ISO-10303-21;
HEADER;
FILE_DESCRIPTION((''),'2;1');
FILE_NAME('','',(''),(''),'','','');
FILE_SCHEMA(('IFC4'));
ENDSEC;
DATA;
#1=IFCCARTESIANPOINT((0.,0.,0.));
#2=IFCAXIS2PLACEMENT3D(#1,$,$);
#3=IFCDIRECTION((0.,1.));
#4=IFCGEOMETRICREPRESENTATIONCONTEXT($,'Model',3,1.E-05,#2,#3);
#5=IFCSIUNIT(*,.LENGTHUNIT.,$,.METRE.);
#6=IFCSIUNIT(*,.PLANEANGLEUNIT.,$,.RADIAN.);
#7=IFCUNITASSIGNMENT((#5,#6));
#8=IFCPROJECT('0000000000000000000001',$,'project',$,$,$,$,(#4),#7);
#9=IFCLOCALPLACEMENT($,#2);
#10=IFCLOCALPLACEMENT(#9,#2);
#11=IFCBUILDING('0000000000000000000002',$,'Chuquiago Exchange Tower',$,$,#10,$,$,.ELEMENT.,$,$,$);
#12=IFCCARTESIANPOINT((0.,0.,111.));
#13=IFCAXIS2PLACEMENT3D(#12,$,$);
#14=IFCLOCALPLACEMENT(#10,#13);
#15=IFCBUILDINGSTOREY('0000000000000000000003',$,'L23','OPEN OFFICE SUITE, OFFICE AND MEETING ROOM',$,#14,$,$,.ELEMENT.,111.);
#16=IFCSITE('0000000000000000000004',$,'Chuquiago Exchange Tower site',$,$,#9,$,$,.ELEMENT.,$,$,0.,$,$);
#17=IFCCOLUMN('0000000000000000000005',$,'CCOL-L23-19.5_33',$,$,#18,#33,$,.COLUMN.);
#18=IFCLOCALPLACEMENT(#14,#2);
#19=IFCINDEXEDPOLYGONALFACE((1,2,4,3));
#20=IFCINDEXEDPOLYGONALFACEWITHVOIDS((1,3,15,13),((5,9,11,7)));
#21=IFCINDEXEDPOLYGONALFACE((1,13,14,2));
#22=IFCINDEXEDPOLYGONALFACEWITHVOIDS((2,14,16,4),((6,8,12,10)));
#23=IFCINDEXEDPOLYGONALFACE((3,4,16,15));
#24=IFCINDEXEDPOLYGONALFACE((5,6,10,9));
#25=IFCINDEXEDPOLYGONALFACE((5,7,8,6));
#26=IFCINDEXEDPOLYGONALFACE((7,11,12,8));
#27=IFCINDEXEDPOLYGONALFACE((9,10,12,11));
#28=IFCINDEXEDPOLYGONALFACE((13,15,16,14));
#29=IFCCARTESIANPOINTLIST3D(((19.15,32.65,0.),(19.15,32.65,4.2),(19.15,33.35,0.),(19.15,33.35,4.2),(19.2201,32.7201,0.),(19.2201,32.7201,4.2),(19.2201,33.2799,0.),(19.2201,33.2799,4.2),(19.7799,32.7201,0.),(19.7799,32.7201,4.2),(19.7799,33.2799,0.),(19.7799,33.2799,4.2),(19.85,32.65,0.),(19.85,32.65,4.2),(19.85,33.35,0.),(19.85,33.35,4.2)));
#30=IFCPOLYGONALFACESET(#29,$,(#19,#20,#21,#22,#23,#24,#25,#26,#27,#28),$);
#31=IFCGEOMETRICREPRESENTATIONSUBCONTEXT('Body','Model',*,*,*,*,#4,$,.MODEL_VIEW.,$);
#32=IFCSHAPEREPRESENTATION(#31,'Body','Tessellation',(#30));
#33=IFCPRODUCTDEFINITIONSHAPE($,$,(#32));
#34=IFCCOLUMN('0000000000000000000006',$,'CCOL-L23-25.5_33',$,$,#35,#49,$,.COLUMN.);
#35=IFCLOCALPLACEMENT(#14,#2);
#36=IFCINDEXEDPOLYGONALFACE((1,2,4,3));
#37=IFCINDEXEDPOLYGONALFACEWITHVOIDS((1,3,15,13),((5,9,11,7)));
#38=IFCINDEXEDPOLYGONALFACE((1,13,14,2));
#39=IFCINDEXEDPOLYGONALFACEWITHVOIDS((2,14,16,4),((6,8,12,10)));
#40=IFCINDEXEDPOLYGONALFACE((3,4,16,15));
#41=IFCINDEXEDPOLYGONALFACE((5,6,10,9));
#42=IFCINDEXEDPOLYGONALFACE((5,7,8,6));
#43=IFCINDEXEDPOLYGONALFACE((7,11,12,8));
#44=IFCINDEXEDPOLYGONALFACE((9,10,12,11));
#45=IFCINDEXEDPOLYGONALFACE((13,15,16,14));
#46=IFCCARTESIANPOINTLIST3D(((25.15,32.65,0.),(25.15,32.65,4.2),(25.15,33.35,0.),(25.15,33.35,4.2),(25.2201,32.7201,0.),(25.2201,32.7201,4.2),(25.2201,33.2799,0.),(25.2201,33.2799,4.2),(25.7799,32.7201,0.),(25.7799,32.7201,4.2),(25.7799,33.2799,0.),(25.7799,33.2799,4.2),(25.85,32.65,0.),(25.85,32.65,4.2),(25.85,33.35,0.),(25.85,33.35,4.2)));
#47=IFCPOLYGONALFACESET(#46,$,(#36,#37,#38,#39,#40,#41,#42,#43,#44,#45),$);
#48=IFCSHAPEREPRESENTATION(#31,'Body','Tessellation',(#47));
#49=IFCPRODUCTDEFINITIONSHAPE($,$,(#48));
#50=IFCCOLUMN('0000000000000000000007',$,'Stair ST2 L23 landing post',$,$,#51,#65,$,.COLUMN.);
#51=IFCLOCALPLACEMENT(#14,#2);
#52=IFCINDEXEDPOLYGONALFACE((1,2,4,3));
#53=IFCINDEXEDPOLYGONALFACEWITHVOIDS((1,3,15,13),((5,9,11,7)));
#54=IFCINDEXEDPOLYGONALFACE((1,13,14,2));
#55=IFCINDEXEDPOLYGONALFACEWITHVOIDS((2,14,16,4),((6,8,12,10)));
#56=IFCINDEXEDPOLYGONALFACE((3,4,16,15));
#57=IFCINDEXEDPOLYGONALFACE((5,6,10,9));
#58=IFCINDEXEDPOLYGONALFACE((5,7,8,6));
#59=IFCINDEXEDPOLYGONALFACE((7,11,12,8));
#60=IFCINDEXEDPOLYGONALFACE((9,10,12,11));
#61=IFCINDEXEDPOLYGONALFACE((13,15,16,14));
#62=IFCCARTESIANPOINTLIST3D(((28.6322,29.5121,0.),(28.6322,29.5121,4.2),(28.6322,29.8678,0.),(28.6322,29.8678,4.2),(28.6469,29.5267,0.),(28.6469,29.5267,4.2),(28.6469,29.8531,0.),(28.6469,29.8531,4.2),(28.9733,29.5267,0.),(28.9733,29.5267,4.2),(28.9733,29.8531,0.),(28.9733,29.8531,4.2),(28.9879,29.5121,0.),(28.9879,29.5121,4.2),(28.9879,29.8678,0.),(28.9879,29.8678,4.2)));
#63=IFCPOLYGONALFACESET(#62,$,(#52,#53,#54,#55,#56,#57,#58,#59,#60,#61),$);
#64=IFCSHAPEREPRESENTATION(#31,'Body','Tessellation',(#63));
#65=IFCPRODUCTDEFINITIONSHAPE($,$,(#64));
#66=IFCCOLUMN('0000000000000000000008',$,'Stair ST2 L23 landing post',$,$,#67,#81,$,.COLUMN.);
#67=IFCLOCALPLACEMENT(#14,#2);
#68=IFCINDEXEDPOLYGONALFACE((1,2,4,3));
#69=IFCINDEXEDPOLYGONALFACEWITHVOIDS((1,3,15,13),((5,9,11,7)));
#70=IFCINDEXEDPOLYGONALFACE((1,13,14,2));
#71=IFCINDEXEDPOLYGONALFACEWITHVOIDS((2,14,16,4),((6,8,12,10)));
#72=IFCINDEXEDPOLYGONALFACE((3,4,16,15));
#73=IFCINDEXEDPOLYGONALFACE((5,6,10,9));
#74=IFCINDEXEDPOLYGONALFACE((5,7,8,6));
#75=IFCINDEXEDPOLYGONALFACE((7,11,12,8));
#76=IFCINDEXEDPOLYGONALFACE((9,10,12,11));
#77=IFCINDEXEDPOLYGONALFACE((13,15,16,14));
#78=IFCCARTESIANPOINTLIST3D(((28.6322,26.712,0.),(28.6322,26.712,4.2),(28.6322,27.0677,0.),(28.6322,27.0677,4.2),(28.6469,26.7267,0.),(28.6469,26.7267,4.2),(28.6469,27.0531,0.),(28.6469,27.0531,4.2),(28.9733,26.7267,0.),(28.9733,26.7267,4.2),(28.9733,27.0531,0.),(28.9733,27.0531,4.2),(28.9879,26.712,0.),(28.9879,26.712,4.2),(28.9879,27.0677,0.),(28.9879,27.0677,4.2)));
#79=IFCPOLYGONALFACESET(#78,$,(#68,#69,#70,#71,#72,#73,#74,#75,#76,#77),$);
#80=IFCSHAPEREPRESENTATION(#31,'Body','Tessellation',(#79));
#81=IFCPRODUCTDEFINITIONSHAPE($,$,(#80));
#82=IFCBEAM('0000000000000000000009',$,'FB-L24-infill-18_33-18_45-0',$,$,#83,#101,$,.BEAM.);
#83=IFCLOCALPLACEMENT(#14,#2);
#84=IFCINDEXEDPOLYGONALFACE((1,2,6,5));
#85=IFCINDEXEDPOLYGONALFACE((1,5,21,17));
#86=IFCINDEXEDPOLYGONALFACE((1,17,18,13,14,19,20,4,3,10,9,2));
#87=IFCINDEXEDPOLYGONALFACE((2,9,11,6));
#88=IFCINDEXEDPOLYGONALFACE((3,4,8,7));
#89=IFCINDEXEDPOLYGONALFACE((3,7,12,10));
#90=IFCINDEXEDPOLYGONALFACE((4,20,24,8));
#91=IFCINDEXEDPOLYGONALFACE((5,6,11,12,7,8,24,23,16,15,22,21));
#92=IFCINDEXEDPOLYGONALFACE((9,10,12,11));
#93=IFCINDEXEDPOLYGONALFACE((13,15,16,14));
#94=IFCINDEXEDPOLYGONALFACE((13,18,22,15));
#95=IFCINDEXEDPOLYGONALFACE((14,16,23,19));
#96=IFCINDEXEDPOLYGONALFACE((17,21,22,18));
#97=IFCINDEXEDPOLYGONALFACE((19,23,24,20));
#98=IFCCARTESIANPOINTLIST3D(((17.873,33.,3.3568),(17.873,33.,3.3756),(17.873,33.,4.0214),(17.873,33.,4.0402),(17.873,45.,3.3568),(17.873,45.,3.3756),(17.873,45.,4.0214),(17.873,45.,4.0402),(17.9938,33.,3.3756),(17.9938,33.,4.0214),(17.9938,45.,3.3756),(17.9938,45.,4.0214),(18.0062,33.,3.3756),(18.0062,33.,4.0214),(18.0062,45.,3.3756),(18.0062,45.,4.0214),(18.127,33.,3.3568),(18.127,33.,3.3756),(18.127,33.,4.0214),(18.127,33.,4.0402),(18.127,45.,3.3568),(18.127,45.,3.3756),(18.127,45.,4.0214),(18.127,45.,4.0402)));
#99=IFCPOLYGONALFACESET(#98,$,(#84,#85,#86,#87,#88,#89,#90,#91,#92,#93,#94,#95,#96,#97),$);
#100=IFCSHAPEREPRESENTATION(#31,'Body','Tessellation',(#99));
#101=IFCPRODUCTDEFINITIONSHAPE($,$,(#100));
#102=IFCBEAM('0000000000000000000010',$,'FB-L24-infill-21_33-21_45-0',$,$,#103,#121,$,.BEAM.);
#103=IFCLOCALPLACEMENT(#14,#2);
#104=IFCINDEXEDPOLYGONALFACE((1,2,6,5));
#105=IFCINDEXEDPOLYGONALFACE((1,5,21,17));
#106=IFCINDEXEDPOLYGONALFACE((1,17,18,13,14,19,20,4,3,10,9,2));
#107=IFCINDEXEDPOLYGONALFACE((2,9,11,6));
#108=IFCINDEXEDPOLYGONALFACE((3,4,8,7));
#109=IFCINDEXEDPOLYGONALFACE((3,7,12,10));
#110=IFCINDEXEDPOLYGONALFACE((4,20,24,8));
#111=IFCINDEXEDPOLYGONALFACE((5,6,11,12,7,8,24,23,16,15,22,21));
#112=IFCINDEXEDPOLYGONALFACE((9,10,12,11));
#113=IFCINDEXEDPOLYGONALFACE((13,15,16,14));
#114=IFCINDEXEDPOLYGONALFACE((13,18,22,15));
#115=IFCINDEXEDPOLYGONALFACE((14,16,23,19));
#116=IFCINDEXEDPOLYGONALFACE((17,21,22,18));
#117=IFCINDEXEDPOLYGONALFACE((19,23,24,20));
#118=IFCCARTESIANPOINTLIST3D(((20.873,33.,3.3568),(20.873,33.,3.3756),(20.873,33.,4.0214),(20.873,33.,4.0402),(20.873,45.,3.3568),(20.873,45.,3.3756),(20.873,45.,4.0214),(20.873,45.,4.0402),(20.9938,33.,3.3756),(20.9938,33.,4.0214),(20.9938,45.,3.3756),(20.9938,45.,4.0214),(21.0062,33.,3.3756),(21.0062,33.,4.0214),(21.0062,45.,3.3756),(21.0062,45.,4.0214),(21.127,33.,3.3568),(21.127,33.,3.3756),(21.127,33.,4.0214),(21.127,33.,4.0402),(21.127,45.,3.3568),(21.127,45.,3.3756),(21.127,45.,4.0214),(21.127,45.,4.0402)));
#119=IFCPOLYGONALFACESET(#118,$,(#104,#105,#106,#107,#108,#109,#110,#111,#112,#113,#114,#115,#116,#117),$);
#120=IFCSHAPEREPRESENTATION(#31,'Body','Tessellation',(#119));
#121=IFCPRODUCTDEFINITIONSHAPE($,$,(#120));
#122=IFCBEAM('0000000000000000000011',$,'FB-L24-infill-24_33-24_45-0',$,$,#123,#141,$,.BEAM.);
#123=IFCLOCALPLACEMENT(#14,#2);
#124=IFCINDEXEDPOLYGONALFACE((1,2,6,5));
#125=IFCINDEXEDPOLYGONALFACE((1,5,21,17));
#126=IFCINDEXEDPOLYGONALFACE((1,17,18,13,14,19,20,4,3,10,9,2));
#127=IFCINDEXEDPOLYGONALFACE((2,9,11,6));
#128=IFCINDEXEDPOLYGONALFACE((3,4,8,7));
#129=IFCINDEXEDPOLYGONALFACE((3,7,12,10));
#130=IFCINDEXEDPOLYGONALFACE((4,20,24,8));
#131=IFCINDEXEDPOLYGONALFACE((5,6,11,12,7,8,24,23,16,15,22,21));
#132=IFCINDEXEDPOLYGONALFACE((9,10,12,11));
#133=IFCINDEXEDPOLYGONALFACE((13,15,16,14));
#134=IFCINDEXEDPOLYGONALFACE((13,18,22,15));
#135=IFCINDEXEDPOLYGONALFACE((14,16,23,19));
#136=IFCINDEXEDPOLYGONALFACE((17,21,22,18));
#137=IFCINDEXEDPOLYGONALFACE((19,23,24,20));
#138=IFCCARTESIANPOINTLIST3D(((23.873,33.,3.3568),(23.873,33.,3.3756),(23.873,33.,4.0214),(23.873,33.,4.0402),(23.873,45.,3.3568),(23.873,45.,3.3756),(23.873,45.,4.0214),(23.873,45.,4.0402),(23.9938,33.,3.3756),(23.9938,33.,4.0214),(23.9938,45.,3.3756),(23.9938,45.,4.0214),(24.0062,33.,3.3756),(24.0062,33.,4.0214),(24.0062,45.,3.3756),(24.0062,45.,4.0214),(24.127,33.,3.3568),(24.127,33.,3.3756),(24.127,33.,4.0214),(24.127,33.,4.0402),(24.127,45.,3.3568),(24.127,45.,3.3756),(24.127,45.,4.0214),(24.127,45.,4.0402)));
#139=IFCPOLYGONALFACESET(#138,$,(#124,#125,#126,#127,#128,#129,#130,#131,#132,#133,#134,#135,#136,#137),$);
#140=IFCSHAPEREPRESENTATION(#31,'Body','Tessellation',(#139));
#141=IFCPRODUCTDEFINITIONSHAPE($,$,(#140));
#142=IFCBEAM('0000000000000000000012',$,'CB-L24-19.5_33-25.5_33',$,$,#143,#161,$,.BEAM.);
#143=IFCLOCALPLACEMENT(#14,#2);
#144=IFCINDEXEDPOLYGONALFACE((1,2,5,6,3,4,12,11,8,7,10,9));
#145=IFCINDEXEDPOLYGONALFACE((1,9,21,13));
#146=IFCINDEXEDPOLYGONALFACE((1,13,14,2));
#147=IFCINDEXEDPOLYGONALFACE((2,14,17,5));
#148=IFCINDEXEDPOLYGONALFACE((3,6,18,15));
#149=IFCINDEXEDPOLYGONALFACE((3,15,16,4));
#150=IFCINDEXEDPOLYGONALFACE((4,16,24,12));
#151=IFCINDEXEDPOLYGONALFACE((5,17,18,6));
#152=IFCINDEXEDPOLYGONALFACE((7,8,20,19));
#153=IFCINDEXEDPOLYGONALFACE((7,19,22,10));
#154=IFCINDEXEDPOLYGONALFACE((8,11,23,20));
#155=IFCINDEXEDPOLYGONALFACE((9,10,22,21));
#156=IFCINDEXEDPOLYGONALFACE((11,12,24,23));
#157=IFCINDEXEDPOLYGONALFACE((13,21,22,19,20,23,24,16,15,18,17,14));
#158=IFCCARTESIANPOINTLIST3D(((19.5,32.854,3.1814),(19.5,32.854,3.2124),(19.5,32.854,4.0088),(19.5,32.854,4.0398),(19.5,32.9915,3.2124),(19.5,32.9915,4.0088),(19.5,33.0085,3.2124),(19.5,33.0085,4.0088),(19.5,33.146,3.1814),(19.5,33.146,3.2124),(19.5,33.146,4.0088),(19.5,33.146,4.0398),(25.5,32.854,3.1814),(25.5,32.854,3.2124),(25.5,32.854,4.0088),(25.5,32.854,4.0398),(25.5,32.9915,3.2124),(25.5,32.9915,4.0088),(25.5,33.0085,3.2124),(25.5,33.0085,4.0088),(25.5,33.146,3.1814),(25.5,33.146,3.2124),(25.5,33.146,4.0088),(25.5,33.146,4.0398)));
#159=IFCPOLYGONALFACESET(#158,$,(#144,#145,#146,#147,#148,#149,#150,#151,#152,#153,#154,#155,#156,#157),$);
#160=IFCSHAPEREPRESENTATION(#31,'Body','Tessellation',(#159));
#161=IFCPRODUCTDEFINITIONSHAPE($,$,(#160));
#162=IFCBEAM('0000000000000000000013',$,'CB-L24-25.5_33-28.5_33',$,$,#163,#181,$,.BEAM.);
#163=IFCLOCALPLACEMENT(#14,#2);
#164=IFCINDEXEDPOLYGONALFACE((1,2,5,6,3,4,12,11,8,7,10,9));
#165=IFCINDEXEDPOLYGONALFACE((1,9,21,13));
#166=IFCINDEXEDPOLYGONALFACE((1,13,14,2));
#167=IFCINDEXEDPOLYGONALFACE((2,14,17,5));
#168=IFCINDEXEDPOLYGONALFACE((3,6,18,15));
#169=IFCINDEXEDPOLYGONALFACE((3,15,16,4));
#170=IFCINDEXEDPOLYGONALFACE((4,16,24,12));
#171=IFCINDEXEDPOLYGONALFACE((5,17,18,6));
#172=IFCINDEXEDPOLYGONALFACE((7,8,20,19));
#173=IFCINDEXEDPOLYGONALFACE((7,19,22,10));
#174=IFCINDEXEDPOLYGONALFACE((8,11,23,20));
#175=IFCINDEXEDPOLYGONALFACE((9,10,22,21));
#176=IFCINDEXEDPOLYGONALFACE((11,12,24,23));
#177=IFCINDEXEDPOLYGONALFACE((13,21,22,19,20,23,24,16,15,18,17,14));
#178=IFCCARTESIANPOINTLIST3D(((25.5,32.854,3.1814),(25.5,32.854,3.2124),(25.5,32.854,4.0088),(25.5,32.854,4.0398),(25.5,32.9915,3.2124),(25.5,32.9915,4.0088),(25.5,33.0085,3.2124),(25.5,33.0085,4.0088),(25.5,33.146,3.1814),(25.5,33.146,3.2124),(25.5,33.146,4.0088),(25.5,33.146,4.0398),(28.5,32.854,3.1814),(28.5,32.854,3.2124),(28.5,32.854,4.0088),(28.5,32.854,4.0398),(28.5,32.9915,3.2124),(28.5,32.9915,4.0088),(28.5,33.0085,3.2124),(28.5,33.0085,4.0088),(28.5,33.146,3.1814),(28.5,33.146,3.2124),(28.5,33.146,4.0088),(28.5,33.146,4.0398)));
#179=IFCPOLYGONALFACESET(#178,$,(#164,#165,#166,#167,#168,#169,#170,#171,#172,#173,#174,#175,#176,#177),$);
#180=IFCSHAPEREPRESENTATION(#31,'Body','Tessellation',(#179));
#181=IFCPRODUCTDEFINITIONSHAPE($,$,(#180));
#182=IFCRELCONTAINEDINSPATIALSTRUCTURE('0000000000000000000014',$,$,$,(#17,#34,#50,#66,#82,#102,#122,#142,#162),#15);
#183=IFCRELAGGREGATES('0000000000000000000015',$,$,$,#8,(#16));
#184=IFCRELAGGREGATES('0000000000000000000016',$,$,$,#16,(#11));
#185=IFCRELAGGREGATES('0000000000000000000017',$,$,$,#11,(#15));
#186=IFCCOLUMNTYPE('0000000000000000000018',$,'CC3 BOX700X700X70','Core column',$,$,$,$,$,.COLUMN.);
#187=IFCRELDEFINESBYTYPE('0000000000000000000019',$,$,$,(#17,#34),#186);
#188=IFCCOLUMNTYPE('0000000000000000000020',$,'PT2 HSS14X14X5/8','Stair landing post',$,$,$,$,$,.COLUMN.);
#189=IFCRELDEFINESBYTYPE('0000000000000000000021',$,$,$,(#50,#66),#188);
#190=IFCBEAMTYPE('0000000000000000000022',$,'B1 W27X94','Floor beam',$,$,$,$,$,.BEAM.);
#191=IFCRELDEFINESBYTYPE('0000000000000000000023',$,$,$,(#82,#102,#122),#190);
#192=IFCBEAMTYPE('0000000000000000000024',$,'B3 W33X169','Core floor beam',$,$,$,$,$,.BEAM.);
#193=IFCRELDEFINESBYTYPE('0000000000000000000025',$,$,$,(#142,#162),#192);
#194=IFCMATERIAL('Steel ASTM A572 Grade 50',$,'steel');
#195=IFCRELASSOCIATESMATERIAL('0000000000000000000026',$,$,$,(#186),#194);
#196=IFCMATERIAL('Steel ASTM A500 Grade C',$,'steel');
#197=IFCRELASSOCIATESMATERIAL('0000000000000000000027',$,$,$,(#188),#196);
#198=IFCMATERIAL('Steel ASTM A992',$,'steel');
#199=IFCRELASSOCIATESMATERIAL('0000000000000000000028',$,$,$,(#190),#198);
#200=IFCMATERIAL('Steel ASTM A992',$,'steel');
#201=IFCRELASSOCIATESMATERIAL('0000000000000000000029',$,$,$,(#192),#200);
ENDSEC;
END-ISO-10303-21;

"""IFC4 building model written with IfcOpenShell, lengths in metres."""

from ifc_helpers import new_model, si_unit, direction, frame, origin, origin_2d, place, context, subcontext, project, spatial, hollow_rectangle, i_section, extrude, material, material_profile, profile_set, type_object, element, save


model = new_model("IFC4")

# Units and contexts
model_context = context("Model", 3, precision=1e-05, world=origin(), true_north=direction((0.0, 1.0)))
body_context = subcontext(model_context, "Body", "Model", "MODEL_VIEW")
ifc_project = project(units=[si_unit("LENGTHUNIT", "METRE"), si_unit("PLANEANGLEUNIT", "RADIAN")], contexts=[model_context])

# Site, building, storey
site_placement = place(None, origin())
site = spatial("IfcSite", under=ifc_project, at=site_placement, Name="Chuquiago Exchange Tower site", CompositionType="ELEMENT", RefElevation=0.0)
building_placement = place(site_placement, origin())
building = spatial("IfcBuilding", under=site, at=building_placement, Name="Chuquiago Exchange Tower", CompositionType="ELEMENT")
storey_placement = place(building_placement, frame((0.0, 0.0, 111.0)))
storey = spatial("IfcBuildingStorey", under=building, at=storey_placement, Name="L23", Description="OPEN OFFICE SUITE, OFFICE AND MEETING ROOM", CompositionType="ELEMENT", Elevation=111.0)

# Columns
ifc_material_1 = material(Name="Steel ASTM A572 Grade 50", Category="steel")
ifc_material_profile_1 = material_profile(ifc_material_1, hollow_rectangle(XDim=0.7, YDim=0.7, WallThickness=0.0701, at=origin_2d()), Name="BOX700X700X70")
ifc_profile_set_1 = profile_set([ifc_material_profile_1], Name="Steel ASTM A572 Grade 50")
column_type_1 = type_object("IfcColumnType", Name="CC3 BOX700X700X70", Description="Core column", PredefinedType="COLUMN", material=ifc_profile_set_1)
for number, where, z_axis, x_axis, name in (
    (1, (19.5, 33.0, 0.0), (0.0, 0.0, 1.0), (1.0, 0.0, 0.0), "CCOL-L23-19.5_33"),
    (2, (25.5, 33.0, 0.0), (0.0, 0.0, 1.0), (1.0, 0.0, 0.0), "CCOL-L23-25.5_33"),
):
    element("IfcColumn", number, at=place(storey_placement, frame(where, z_axis=z_axis, x_axis=x_axis)), inside=storey, type_object=column_type_1, Name=name, PredefinedType="COLUMN", context=body_context, shape_type="SweptSolid", body=[
        extrude(hollow_rectangle(XDim=0.7, YDim=0.7, WallThickness=0.0701, at=origin_2d()), origin(), (0.0, 0.0, 1.0), 4.2),
    ])
ifc_material_2 = material(Name="Steel ASTM A500 Grade C", Category="steel")
ifc_material_profile_2 = material_profile(ifc_material_2, hollow_rectangle(XDim=0.3557, YDim=0.3557, WallThickness=0.0146, at=origin_2d()), Name="HSS14X14X5/8")
ifc_profile_set_2 = profile_set([ifc_material_profile_2], Name="Steel ASTM A500 Grade C")
column_type_2 = type_object("IfcColumnType", Name="PT2 HSS14X14X5/8", Description="Stair landing post", PredefinedType="COLUMN", material=ifc_profile_set_2)
for number, where, z_axis, x_axis, name in (
    (3, (28.8101, 29.6899, 0.0), (0.0, 0.0, 1.0), (1.0, 0.0, 0.0), "Stair ST2 L23 landing post"),
    (4, (28.8101, 26.8899, 0.0), (0.0, 0.0, 1.0), (1.0, 0.0, 0.0), "Stair ST2 L23 landing post"),
):
    element("IfcColumn", number, at=place(storey_placement, frame(where, z_axis=z_axis, x_axis=x_axis)), inside=storey, type_object=column_type_2, Name=name, PredefinedType="COLUMN", context=body_context, shape_type="SweptSolid", body=[
        extrude(hollow_rectangle(XDim=0.3557, YDim=0.3557, WallThickness=0.0146, at=origin_2d()), origin(), (0.0, 0.0, 1.0), 4.2),
    ])

# Beams
ifc_material_3 = material(Name="Steel ASTM A992", Category="steel")
ifc_material_profile_3 = material_profile(ifc_material_3, i_section(OverallWidth=0.2539, OverallDepth=0.6833, WebThickness=0.0125, FlangeThickness=0.0188, at=origin_2d()), Name="W27X94")
ifc_profile_set_3 = profile_set([ifc_material_profile_3], Name="Steel ASTM A992")
beam_type_1 = type_object("IfcBeamType", Name="B1 W27X94", Description="Floor beam", PredefinedType="BEAM", material=ifc_profile_set_3)
for number, where, z_axis, x_axis, name in (
    (5, (18.0, 33.0, 3.6985), (0.0, 1.0, 0.0), (-1.0, 0.0, 0.0), "FB-L24-infill-18_33-18_45-0"),
    (6, (21.0, 33.0, 3.6985), (0.0, 1.0, 0.0), (-1.0, 0.0, 0.0), "FB-L24-infill-21_33-21_45-0"),
    (7, (24.0, 33.0, 3.6985), (0.0, 1.0, 0.0), (-1.0, 0.0, 0.0), "FB-L24-infill-24_33-24_45-0"),
):
    element("IfcBeam", number, at=place(storey_placement, frame(where, z_axis=z_axis, x_axis=x_axis)), inside=storey, type_object=beam_type_1, Name=name, PredefinedType="BEAM", context=body_context, shape_type="SweptSolid", body=[
        extrude(i_section(OverallWidth=0.2539, OverallDepth=0.6833, WebThickness=0.0125, FlangeThickness=0.0188, at=origin_2d()), origin(), (0.0, 0.0, 1.0), 12.0),
    ])
ifc_material_4 = material(Name="Steel ASTM A992", Category="steel")
ifc_material_profile_4 = material_profile(ifc_material_4, i_section(OverallWidth=0.292, OverallDepth=0.8584, WebThickness=0.0171, FlangeThickness=0.031, at=origin_2d()), Name="W33X169")
ifc_profile_set_4 = profile_set([ifc_material_profile_4], Name="Steel ASTM A992")
beam_type_2 = type_object("IfcBeamType", Name="B3 W33X169", Description="Core floor beam", PredefinedType="BEAM", material=ifc_profile_set_4)
beam_1_placement = place(storey_placement, frame((19.5, 33.0, 3.6106), z_axis=(1.0, 0.0, 0.0), x_axis=(0.0, 1.0, 0.0)))
element("IfcBeam", 8, at=beam_1_placement, inside=storey, type_object=beam_type_2, Name="CB-L24-19.5_33-25.5_33", PredefinedType="BEAM", context=body_context, shape_type="SweptSolid", body=[
    extrude(i_section(OverallWidth=0.292, OverallDepth=0.8584, WebThickness=0.0171, FlangeThickness=0.031, at=origin_2d()), origin(), (0.0, 0.0, 1.0), 6.0),
])
beam_2_placement = place(storey_placement, frame((25.5, 33.0, 3.6106), z_axis=(1.0, 0.0, 0.0), x_axis=(0.0, 1.0, 0.0)))
element("IfcBeam", 9, at=beam_2_placement, inside=storey, type_object=beam_type_2, Name="CB-L24-25.5_33-28.5_33", PredefinedType="BEAM", context=body_context, shape_type="SweptSolid", body=[
    extrude(i_section(OverallWidth=0.292, OverallDepth=0.8584, WebThickness=0.0171, FlangeThickness=0.031, at=origin_2d()), origin(), (0.0, 0.0, 1.0), 3.0),
])

save(model, "model.ifc")
